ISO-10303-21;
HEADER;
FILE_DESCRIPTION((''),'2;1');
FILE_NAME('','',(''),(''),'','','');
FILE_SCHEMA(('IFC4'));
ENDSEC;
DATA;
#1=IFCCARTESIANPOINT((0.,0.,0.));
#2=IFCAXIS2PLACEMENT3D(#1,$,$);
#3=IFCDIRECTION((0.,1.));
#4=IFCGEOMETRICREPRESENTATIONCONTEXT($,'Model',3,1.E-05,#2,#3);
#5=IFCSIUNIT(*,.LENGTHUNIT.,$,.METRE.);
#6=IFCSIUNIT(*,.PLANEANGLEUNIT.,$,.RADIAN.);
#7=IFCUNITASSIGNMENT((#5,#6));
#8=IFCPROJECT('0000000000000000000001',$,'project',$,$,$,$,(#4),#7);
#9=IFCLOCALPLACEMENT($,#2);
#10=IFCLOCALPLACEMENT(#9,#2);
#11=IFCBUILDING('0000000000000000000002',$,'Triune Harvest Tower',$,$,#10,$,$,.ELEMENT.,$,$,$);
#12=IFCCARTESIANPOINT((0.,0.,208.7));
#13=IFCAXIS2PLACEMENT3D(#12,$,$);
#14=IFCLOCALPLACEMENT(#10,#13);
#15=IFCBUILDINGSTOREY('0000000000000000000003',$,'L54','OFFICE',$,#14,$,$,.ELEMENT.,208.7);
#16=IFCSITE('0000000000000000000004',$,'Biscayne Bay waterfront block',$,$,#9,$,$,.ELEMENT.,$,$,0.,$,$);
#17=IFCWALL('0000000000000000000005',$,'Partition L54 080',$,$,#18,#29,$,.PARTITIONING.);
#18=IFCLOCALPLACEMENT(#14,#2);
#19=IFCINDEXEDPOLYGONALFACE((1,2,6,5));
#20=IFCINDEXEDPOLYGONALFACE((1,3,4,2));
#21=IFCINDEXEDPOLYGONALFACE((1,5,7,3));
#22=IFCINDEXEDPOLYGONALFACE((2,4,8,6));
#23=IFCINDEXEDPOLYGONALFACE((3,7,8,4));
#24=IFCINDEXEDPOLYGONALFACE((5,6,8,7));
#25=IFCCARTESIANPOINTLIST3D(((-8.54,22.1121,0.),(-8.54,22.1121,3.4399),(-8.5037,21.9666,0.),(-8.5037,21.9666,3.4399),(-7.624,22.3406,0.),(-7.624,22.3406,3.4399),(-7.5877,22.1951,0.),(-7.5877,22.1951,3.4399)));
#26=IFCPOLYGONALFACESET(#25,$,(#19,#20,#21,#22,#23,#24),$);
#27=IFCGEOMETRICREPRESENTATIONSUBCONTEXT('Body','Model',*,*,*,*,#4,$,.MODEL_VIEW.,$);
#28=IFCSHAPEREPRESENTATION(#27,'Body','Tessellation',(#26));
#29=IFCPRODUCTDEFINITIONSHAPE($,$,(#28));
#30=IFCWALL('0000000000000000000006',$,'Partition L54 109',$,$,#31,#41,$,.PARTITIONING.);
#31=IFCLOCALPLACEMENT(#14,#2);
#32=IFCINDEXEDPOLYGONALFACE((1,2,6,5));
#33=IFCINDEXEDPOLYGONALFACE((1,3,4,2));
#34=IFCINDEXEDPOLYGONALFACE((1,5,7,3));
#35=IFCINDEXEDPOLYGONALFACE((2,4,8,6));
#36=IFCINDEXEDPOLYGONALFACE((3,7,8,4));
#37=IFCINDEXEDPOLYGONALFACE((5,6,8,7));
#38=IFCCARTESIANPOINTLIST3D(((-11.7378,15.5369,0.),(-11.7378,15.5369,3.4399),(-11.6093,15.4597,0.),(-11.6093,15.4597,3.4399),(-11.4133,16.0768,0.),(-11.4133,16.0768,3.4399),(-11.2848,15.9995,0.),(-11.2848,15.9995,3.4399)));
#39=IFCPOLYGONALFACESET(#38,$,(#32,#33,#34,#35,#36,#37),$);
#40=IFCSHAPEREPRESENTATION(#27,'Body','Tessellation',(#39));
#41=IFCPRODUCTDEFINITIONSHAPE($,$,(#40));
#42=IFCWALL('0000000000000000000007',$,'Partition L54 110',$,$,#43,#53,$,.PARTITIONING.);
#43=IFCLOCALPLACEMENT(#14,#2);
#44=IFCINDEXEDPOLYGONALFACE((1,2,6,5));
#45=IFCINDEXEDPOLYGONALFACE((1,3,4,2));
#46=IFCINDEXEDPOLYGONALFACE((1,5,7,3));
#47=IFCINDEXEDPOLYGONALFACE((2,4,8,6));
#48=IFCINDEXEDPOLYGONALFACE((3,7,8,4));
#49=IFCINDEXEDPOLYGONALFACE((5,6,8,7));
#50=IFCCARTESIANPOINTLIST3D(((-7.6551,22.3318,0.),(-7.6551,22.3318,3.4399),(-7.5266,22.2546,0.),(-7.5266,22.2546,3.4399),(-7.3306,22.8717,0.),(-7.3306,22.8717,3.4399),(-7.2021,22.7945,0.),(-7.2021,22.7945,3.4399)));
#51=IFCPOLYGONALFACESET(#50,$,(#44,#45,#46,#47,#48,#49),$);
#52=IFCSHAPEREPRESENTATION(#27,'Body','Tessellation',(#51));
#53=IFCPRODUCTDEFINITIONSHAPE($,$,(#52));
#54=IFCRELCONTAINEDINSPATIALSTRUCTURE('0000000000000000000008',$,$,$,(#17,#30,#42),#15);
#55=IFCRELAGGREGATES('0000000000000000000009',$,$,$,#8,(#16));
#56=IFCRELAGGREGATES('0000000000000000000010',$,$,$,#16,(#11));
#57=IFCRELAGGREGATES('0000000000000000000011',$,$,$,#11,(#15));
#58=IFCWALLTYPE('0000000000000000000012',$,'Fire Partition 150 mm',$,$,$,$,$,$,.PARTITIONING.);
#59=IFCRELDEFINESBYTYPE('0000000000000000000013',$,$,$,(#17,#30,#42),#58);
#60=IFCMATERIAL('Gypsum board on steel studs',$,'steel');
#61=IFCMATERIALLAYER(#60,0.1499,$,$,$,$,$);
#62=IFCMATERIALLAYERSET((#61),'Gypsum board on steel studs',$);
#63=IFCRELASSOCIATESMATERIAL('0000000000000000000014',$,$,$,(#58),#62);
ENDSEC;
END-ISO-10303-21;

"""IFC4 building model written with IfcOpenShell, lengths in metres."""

from ifc_helpers import new_model, si_unit, direction, frame, frame_2d, origin, place, context, subcontext, project, spatial, rectangle, extrude, source, transform, mapped, material, layer, layer_set, type_object, element, save


model = new_model("IFC4")

# Units and contexts
model_context = context("Model", 3, precision=1e-05, world=origin(), true_north=direction((0.0, 1.0)))
body_context = subcontext(model_context, "Body", "Model", "MODEL_VIEW")
ifc_project = project(units=[si_unit("LENGTHUNIT", "METRE"), si_unit("PLANEANGLEUNIT", "RADIAN")], contexts=[model_context])

# Site, building, storey
site_placement = place(None, origin())
site = spatial("IfcSite", under=ifc_project, at=site_placement, Name="Biscayne Bay waterfront block", CompositionType="ELEMENT", RefElevation=0.0)
building_placement = place(site_placement, origin())
building = spatial("IfcBuilding", under=site, at=building_placement, Name="Triune Harvest Tower", CompositionType="ELEMENT")
storey_placement = place(building_placement, frame((0.0, 0.0, 208.7)))
storey = spatial("IfcBuildingStorey", under=building, at=storey_placement, Name="L54", Description="OFFICE", CompositionType="ELEMENT", Elevation=208.7)

# Shared definitions
ifc_material_1 = material(Name="Gypsum board on steel studs", Category="steel")
ifc_layer_1 = layer(ifc_material_1, 0.1499)
ifc_layer_set_1 = layer_set([ifc_layer_1], Name="Gypsum board on steel studs")
wall_type_1 = type_object("IfcWallType", Name="Fire Partition 150 mm", PredefinedType="PARTITIONING", material=ifc_layer_set_1)

# Walls
shared_shape_1 = source(origin(), body_context, "Body", "SweptSolid", [
    extrude(rectangle(XDim=0.9441, YDim=0.1499, at=frame_2d((0.4722, 0.0))), origin(), (0.0, 0.0, 1.0), 3.4399),
])
wall_1_placement = place(storey_placement, frame((-8.522, 22.0393, 0.0), z_axis=(0.0, 0.0, 1.0), x_axis=(0.970264, 0.242049, 0.0)))
element("IfcWall", 1, at=wall_1_placement, inside=storey, type_object=wall_type_1, Name="Partition L54 080", PredefinedType="PARTITIONING", context=body_context, shape_type="MappedRepresentation", body=[
    mapped(shared_shape_1, transform((0.0, 0.0, 0.0), scale=1.0)),
])
shared_shape_2 = source(origin(), body_context, "Body", "SweptSolid", [
    extrude(rectangle(XDim=0.6299, YDim=0.1499, at=frame_2d((0.3149, 0.0))), origin(), (0.0, 0.0, 1.0), 3.4399),
])
for number, where, z_axis, x_axis, name in (
    (2, (-11.6736, 15.4983, 0.0), (0.0, 0.0, 1.0), (0.51518, 0.857082, 0.0), "Partition L54 109"),
    (3, (-7.5908, 22.2932, 0.0), (0.0, 0.0, 1.0), (0.51518, 0.857082, 0.0), "Partition L54 110"),
):
    element("IfcWall", number, at=place(storey_placement, frame(where, z_axis=z_axis, x_axis=x_axis)), inside=storey, type_object=wall_type_1, Name=name, PredefinedType="PARTITIONING", context=body_context, shape_type="MappedRepresentation", body=[
        mapped(shared_shape_2, transform((0.0, 0.0, 0.0), scale=1.0)),
    ])

save(model, "model.ifc")
